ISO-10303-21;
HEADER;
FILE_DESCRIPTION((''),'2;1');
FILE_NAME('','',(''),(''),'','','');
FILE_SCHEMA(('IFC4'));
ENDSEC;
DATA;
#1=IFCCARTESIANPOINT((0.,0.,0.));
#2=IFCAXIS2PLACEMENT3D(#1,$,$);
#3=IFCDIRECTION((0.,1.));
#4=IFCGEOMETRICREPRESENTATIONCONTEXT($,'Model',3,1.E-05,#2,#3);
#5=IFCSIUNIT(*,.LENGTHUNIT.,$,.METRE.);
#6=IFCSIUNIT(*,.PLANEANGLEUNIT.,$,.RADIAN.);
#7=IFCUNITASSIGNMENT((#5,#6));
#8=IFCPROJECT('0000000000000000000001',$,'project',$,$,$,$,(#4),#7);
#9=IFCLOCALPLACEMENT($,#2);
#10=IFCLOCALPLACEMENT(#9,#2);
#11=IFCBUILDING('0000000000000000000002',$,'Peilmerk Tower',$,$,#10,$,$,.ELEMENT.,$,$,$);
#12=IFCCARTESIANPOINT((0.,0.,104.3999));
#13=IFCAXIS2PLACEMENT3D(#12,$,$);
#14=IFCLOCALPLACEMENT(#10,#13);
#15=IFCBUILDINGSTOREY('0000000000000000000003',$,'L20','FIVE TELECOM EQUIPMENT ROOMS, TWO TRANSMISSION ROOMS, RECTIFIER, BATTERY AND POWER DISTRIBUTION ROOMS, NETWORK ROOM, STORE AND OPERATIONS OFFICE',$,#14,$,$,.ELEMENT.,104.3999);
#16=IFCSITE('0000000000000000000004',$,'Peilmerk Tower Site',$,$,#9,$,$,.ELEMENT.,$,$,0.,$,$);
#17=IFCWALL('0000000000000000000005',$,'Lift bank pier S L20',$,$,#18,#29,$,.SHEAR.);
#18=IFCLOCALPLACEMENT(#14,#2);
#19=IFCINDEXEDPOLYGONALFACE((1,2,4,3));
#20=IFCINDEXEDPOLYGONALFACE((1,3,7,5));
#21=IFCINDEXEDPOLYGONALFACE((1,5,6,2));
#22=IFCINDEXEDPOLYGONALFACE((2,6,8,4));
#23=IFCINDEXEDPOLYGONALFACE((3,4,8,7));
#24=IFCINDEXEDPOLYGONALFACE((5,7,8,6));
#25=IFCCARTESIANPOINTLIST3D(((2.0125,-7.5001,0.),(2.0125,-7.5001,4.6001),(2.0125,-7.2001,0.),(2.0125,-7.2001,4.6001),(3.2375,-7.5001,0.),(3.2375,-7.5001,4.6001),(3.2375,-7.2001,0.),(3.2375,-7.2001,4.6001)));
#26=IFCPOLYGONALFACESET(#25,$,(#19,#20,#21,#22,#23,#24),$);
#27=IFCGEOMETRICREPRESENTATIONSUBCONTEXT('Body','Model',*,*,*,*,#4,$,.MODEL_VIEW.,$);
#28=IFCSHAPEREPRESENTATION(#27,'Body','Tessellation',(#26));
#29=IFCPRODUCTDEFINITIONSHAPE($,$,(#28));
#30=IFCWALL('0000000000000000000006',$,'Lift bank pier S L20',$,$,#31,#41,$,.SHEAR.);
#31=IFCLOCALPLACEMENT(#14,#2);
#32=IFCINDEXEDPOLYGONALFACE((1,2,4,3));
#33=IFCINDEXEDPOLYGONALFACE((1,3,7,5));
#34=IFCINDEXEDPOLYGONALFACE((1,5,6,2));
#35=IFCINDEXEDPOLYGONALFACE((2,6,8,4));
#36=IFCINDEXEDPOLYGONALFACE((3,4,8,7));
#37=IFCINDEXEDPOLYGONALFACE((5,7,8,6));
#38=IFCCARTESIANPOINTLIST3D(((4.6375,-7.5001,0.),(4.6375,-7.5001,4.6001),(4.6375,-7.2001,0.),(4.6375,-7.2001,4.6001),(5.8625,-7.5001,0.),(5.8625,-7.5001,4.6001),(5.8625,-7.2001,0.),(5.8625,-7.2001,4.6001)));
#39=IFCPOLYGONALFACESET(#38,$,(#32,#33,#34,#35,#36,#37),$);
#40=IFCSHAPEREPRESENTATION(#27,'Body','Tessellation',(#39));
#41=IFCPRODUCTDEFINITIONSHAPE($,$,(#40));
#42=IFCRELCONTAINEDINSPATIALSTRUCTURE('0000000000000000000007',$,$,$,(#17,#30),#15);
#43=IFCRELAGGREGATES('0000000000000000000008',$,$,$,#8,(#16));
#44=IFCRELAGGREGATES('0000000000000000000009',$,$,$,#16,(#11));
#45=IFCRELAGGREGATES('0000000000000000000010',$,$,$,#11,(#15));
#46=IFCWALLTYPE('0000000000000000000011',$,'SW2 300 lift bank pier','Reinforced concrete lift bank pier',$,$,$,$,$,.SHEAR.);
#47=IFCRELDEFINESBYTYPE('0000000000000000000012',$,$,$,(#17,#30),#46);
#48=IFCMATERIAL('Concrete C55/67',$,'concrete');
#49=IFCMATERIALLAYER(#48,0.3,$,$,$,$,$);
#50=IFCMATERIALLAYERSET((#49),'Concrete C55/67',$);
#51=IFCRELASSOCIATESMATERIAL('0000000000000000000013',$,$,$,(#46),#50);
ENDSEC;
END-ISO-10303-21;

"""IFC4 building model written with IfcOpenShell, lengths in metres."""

from ifc_helpers import new_model, si_unit, direction, frame, frame_2d, origin, place, context, subcontext, project, spatial, rectangle, extrude, material, layer, layer_set, type_object, element, save


model = new_model("IFC4")

# Units and contexts
model_context = context("Model", 3, precision=1e-05, world=origin(), true_north=direction((0.0, 1.0)))
body_context = subcontext(model_context, "Body", "Model", "MODEL_VIEW")
ifc_project = project(units=[si_unit("LENGTHUNIT", "METRE"), si_unit("PLANEANGLEUNIT", "RADIAN")], contexts=[model_context])

# Site, building, storey
site_placement = place(None, origin())
site = spatial("IfcSite", under=ifc_project, at=site_placement, Name="Peilmerk Tower Site", CompositionType="ELEMENT", RefElevation=0.0)
building_placement = place(site_placement, origin())
building = spatial("IfcBuilding", under=site, at=building_placement, Name="Peilmerk Tower", CompositionType="ELEMENT")
storey_placement = place(building_placement, frame((0.0, 0.0, 104.3999)))
storey = spatial("IfcBuildingStorey", under=building, at=storey_placement, Name="L20", Description="FIVE TELECOM EQUIPMENT ROOMS, TWO TRANSMISSION ROOMS, RECTIFIER, BATTERY AND POWER DISTRIBUTION ROOMS, NETWORK ROOM, STORE AND OPERATIONS OFFICE", CompositionType="ELEMENT", Elevation=104.3999)

# Walls
ifc_material_1 = material(Name="Concrete C55/67", Category="concrete")
ifc_layer_1 = layer(ifc_material_1, 0.3)
ifc_layer_set_1 = layer_set([ifc_layer_1], Name="Concrete C55/67")
wall_type_1 = type_object("IfcWallType", Name="SW2 300 lift bank pier", Description="Reinforced concrete lift bank pier", PredefinedType="SHEAR", material=ifc_layer_set_1)
for number, where, z_axis, x_axis, name in (
    (1, (2.0125, -7.3501, 0.0), (0.0, 0.0, 1.0), (1.0, 0.0, 0.0), "Lift bank pier S L20"),
    (2, (4.6375, -7.3501, 0.0), (0.0, 0.0, 1.0), (1.0, 0.0, 0.0), "Lift bank pier S L20"),
):
    element("IfcWall", number, at=place(storey_placement, frame(where, z_axis=z_axis, x_axis=x_axis)), inside=storey, type_object=wall_type_1, Name=name, PredefinedType="SHEAR", context=body_context, shape_type="SweptSolid", body=[
        extrude(rectangle(XDim=1.2251, YDim=0.3, at=frame_2d((0.6125, 0.0))), origin(), (0.0, 0.0, 1.0), 4.6001),
    ])

save(model, "model.ifc")
